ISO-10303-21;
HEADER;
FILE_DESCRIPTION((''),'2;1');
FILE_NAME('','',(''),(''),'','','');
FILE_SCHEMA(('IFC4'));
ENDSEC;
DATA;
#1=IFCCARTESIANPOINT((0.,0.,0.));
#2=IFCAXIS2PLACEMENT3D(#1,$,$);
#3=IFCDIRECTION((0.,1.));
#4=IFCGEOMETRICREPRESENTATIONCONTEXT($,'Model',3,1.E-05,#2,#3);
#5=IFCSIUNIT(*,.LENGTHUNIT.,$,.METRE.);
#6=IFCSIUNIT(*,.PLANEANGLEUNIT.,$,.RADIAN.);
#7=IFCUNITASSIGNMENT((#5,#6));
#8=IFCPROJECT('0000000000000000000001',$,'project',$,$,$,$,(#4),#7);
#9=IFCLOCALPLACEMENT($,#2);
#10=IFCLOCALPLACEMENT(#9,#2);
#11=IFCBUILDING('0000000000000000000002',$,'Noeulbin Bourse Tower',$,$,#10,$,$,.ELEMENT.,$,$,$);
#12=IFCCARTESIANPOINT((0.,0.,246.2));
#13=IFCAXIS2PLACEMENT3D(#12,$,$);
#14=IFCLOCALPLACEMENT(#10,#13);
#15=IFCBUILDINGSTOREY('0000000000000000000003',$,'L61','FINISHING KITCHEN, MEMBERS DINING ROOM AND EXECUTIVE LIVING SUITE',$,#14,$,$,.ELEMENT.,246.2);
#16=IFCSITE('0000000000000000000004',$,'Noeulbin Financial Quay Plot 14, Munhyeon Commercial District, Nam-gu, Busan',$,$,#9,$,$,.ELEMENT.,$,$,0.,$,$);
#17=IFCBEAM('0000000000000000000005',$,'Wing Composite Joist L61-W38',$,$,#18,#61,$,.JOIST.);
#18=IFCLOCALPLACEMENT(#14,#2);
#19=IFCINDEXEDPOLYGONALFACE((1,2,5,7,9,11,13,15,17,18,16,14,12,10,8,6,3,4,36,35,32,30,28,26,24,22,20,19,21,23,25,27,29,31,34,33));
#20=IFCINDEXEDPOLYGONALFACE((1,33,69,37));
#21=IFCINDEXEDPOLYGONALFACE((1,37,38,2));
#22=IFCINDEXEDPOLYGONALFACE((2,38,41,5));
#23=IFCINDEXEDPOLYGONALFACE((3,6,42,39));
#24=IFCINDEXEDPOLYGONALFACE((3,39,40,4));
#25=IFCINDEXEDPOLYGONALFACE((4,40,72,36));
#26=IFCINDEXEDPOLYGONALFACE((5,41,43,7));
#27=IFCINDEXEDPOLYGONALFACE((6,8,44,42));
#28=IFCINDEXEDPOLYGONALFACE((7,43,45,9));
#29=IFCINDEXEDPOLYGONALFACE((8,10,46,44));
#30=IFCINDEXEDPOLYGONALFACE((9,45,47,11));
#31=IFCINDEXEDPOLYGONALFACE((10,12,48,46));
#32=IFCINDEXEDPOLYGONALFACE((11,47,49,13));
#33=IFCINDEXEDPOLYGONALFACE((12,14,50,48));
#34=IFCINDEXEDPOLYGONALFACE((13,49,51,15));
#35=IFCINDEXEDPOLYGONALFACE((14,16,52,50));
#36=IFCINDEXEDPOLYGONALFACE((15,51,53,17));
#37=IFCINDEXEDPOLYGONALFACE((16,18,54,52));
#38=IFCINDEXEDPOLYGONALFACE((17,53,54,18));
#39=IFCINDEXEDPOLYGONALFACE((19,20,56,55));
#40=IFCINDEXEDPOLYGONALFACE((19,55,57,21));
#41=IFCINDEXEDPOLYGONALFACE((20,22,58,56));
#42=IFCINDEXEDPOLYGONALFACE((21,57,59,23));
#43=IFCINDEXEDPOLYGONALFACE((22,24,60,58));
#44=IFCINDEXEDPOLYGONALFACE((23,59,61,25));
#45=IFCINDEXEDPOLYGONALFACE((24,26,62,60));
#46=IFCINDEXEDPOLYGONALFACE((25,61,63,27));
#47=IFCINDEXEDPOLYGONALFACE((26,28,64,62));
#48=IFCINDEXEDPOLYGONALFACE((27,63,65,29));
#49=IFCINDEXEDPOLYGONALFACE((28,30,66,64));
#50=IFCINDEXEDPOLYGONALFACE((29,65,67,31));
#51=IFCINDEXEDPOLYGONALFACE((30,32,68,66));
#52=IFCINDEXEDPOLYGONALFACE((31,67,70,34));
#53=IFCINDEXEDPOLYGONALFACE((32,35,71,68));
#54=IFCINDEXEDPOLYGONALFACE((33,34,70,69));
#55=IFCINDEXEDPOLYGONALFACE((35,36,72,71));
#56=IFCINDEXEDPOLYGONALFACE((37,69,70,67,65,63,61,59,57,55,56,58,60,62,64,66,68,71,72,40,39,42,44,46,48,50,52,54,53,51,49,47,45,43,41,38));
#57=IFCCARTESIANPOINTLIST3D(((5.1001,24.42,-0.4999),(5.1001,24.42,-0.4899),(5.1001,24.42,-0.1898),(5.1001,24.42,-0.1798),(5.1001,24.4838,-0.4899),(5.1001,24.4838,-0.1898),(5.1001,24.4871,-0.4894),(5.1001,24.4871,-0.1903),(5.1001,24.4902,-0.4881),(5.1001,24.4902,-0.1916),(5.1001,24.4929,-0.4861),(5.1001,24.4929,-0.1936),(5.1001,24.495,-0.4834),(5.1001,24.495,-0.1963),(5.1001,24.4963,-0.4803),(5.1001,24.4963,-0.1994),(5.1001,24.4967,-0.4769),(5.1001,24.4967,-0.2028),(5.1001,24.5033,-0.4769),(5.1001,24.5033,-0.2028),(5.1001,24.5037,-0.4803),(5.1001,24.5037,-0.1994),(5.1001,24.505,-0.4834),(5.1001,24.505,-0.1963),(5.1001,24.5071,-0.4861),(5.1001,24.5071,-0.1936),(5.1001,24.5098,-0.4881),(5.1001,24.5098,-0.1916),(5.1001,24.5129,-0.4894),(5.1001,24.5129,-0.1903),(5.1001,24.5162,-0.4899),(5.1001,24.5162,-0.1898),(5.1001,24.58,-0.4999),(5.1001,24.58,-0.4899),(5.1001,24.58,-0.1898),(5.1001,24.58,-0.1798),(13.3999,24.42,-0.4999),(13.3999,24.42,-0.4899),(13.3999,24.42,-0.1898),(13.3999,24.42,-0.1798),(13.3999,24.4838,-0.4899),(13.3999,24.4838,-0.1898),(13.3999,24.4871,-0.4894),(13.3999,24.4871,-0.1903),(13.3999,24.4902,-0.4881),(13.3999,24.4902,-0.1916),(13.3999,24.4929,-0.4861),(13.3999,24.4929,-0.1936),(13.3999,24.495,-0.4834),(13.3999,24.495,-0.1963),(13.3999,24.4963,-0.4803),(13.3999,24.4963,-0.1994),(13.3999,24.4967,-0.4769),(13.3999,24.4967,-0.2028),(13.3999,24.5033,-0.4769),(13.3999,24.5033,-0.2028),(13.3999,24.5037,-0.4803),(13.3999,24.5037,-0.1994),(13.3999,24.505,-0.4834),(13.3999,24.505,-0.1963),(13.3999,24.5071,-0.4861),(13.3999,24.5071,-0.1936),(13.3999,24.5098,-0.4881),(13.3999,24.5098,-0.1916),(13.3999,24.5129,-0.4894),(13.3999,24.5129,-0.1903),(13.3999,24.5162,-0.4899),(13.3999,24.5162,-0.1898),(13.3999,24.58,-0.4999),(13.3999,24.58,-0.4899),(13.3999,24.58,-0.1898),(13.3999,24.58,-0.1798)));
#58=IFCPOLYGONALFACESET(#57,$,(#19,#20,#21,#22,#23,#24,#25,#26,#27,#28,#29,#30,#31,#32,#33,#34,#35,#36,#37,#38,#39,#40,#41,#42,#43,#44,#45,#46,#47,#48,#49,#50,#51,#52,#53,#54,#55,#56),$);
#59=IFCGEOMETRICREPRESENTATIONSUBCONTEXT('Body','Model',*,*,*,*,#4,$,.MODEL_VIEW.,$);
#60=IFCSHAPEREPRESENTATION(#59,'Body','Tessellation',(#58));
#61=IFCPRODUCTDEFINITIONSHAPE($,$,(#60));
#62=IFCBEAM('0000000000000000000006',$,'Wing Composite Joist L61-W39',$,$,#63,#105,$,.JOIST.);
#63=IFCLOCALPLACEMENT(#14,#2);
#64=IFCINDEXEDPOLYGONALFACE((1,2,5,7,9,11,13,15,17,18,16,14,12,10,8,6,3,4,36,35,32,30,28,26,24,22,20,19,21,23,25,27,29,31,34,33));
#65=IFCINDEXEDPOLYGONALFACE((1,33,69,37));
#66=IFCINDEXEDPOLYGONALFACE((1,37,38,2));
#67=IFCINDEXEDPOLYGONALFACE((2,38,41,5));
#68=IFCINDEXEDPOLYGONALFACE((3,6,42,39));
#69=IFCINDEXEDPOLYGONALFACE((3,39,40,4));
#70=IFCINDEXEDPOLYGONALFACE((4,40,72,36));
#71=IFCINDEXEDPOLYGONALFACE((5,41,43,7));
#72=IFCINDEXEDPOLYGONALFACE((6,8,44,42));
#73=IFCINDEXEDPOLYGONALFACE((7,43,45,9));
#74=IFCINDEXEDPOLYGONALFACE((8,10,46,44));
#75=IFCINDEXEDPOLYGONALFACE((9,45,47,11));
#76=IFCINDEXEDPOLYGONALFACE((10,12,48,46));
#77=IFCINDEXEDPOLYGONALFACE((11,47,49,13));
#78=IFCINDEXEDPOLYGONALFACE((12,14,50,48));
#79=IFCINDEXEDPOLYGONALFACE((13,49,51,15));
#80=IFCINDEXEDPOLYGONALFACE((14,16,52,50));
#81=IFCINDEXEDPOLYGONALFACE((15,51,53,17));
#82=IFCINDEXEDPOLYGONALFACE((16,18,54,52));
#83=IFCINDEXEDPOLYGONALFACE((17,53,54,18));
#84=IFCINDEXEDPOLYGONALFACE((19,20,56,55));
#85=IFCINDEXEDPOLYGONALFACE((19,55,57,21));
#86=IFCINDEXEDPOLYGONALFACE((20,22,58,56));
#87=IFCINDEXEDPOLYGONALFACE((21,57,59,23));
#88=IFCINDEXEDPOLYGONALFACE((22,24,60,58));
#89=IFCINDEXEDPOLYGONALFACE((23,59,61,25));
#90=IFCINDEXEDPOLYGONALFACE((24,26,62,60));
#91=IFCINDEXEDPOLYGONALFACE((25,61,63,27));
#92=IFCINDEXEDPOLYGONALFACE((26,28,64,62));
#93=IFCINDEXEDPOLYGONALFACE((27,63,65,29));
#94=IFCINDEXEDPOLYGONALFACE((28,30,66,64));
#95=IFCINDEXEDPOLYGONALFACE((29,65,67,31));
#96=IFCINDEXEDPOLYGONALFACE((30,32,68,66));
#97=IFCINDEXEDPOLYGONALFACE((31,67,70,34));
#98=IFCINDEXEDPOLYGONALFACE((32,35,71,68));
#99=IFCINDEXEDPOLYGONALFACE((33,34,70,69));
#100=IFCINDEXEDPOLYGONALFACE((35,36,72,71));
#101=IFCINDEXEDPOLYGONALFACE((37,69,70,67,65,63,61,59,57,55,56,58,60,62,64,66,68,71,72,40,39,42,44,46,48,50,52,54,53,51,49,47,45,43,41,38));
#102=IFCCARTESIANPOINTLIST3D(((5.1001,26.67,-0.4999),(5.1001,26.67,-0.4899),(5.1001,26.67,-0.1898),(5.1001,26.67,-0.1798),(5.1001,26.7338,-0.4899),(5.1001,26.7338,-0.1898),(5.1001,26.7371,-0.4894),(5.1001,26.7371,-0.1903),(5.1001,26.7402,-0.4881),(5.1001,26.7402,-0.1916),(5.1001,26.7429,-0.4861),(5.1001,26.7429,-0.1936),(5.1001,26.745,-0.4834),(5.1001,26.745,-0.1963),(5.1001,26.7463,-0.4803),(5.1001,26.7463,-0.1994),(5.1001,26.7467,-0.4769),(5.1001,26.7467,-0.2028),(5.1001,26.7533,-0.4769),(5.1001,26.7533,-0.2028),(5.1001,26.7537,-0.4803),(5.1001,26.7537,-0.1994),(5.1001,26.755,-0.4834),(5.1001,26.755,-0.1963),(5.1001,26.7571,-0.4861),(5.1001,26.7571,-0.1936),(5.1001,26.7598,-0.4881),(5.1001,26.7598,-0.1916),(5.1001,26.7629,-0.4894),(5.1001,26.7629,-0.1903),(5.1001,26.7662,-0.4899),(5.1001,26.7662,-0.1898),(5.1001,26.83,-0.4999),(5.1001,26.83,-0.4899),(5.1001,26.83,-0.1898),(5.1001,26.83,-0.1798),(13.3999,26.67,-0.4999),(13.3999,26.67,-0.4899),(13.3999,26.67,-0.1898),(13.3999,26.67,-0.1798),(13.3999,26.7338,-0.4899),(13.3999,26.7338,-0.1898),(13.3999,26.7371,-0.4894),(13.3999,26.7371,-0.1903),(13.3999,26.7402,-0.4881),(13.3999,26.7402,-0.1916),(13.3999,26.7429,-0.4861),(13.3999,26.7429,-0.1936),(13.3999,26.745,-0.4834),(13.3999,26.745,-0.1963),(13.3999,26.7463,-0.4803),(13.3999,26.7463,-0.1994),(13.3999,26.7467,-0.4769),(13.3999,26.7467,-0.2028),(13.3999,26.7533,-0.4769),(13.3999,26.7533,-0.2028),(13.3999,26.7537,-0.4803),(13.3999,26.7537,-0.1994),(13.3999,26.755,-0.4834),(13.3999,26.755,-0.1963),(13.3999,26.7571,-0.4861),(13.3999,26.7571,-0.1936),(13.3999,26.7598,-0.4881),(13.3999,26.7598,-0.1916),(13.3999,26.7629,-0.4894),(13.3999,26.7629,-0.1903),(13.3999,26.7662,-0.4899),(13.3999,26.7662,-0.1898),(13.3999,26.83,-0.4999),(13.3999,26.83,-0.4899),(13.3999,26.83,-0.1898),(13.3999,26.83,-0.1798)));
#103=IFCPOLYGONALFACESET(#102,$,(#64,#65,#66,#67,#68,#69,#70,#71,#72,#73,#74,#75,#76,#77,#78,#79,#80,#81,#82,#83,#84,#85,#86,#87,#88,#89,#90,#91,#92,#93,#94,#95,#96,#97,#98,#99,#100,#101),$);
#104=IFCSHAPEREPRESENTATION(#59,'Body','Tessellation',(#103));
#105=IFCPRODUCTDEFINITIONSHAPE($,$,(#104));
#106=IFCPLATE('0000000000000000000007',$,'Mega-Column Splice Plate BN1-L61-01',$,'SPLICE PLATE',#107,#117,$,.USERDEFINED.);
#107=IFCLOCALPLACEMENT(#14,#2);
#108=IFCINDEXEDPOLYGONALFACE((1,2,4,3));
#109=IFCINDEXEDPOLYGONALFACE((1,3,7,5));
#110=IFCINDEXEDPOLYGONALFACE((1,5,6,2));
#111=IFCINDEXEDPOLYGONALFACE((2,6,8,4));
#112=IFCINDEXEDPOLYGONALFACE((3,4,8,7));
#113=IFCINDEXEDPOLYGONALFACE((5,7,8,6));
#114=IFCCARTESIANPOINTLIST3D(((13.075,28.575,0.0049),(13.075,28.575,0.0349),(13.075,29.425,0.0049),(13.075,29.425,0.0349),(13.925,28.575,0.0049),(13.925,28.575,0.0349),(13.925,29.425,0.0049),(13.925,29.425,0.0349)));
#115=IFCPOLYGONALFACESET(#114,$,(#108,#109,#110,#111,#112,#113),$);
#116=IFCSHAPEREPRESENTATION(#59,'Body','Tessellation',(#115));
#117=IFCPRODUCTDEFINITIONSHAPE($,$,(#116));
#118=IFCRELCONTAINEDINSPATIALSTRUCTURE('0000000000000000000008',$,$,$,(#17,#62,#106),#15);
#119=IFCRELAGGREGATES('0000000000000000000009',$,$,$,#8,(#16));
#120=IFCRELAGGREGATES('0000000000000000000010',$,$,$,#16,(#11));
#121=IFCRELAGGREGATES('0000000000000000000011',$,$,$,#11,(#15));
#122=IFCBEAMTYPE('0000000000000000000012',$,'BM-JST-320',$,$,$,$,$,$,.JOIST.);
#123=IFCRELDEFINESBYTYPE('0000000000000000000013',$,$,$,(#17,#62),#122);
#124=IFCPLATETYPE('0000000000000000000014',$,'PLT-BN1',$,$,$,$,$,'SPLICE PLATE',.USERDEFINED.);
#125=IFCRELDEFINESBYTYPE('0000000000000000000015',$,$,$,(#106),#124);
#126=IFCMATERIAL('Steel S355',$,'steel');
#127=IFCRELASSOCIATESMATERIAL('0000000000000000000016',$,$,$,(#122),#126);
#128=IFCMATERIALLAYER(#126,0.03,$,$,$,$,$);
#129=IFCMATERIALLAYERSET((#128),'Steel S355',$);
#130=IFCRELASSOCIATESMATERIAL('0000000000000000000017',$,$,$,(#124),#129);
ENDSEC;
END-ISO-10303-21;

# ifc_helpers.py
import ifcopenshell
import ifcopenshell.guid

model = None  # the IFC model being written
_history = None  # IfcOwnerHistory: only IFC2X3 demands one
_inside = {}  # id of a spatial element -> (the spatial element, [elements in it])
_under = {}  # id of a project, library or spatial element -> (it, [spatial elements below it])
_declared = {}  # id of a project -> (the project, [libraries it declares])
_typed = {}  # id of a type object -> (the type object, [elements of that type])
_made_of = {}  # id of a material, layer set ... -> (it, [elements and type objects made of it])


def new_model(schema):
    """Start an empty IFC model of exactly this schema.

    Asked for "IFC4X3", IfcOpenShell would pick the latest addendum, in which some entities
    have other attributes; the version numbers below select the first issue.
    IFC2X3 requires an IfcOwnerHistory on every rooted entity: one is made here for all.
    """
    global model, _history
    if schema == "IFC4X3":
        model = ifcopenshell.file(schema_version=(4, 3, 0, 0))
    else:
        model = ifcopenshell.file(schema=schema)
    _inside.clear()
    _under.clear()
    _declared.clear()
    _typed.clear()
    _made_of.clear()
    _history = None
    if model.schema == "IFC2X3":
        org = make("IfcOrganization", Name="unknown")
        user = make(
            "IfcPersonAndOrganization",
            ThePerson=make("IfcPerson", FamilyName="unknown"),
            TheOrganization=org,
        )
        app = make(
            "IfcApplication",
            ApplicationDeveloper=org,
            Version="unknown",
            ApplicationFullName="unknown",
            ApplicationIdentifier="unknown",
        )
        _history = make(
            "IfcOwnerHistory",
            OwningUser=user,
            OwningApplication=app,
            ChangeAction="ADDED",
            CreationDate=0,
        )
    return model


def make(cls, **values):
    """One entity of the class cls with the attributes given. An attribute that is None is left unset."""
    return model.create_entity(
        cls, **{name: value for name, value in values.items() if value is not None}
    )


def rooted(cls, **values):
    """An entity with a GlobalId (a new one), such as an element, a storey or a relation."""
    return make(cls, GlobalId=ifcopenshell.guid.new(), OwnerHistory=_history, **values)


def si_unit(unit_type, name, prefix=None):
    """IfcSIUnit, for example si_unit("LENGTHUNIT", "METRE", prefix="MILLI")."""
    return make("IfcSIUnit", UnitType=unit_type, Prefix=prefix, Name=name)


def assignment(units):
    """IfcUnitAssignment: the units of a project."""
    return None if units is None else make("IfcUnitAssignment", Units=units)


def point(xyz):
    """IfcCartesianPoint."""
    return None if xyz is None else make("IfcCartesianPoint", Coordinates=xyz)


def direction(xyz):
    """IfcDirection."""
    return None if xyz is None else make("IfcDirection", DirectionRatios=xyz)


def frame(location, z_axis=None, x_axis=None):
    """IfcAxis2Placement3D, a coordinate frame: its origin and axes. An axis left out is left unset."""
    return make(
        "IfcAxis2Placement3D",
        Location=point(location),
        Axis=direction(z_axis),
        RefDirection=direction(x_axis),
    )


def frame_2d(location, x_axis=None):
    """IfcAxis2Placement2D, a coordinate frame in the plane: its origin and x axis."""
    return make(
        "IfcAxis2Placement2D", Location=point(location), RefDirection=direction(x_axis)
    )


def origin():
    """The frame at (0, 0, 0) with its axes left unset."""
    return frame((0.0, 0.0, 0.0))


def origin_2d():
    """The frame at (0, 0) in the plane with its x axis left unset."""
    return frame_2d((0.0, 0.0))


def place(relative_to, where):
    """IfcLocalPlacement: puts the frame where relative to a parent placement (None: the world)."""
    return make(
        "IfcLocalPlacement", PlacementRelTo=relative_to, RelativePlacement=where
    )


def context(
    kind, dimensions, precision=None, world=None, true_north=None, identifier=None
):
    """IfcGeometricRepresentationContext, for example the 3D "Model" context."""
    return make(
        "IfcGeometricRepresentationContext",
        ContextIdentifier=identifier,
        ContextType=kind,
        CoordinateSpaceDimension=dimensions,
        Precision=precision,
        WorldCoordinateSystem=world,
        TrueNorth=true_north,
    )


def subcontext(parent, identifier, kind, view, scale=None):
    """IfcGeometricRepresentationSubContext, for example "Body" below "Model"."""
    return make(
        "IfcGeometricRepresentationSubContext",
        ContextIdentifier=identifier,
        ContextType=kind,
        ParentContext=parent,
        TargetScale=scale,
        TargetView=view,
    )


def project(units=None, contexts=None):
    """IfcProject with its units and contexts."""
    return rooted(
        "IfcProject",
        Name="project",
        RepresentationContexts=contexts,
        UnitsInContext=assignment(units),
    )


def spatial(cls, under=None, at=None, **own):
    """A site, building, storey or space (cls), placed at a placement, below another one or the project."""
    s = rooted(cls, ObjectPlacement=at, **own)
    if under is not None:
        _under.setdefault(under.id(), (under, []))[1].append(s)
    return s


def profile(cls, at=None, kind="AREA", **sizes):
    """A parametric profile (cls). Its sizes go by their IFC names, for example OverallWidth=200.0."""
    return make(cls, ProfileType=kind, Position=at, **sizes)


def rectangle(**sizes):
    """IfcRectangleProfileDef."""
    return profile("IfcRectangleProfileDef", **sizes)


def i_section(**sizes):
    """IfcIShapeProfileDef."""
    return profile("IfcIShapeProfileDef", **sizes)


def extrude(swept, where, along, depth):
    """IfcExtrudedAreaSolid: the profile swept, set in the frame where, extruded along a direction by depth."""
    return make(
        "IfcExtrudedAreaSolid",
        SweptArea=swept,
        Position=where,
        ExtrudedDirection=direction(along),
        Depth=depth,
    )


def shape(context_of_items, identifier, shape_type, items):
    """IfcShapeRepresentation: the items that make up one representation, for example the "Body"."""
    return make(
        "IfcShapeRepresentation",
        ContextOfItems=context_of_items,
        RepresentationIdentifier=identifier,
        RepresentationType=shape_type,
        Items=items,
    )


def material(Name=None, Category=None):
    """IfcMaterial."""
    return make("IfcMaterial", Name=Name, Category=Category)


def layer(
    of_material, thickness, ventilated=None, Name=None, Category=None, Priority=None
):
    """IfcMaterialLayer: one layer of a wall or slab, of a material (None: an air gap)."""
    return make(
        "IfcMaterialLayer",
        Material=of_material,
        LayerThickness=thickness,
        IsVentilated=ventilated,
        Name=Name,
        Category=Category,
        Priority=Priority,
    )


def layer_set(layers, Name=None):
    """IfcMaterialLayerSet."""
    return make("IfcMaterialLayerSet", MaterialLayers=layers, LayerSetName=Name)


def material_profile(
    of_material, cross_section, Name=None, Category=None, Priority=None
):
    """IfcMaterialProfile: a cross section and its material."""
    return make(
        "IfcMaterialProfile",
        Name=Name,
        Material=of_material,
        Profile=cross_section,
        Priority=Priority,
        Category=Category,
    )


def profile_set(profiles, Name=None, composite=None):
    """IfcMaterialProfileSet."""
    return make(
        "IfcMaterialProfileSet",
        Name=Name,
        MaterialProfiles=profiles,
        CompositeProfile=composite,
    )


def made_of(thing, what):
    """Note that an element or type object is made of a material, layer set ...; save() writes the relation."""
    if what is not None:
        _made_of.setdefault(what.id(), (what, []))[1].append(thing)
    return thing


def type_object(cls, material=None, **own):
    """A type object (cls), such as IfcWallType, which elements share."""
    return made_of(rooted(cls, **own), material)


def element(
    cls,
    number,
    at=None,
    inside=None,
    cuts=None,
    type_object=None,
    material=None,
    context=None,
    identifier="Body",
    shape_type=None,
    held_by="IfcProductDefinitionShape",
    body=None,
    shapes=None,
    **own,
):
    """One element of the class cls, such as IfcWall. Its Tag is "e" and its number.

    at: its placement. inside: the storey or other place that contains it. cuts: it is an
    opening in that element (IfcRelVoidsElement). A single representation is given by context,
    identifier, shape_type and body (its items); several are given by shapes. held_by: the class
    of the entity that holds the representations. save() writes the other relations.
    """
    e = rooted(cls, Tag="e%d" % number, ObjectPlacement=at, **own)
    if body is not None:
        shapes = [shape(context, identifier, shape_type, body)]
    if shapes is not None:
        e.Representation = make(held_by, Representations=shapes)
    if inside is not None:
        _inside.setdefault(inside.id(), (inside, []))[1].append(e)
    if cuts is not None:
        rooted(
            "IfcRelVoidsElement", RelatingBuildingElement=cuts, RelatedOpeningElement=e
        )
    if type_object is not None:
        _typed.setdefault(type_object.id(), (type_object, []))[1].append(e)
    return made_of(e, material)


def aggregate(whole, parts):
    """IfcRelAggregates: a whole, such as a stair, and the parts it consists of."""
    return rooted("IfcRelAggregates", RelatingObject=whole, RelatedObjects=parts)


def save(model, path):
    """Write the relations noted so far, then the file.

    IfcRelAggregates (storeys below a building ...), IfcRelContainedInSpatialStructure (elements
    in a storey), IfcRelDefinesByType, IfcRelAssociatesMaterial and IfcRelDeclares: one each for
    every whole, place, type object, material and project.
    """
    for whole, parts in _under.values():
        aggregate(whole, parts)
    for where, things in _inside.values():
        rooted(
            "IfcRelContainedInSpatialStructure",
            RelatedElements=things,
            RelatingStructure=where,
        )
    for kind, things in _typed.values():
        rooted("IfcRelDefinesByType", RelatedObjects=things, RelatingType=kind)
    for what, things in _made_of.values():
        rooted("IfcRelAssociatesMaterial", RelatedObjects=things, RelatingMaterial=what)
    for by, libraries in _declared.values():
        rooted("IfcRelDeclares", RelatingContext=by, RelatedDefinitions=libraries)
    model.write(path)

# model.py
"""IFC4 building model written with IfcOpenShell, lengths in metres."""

from ifc_helpers import new_model, si_unit, direction, frame, origin, origin_2d, place, context, subcontext, project, spatial, rectangle, i_section, extrude, material, layer, layer_set, material_profile, profile_set, type_object, element, save


model = new_model("IFC4")

# Units and contexts
model_context = context("Model", 3, precision=1e-05, world=origin(), true_north=direction((0.0, 1.0)))
body_context = subcontext(model_context, "Body", "Model", "MODEL_VIEW")
ifc_project = project(units=[si_unit("LENGTHUNIT", "METRE"), si_unit("PLANEANGLEUNIT", "RADIAN")], contexts=[model_context])

# Site, building, storey
site_placement = place(None, origin())
site = spatial("IfcSite", under=ifc_project, at=site_placement, Name="Noeulbin Financial Quay Plot 14, Munhyeon Commercial District, Nam-gu, Busan", CompositionType="ELEMENT", RefElevation=0.0)
building_placement = place(site_placement, origin())
building = spatial("IfcBuilding", under=site, at=building_placement, Name="Noeulbin Bourse Tower", CompositionType="ELEMENT")
storey_placement = place(building_placement, frame((0.0, 0.0, 246.2)))
storey = spatial("IfcBuildingStorey", under=building, at=storey_placement, Name="L61", Description="FINISHING KITCHEN, MEMBERS DINING ROOM AND EXECUTIVE LIVING SUITE", CompositionType="ELEMENT", Elevation=246.2)

# Shared definitions
ifc_material_1 = material(Name="Steel S355", Category="steel")

# Beams
ifc_material_profile_1 = material_profile(ifc_material_1, i_section(OverallWidth=0.1599, OverallDepth=0.3201, WebThickness=0.0066, FlangeThickness=0.01, FilletRadius=0.0129, at=origin_2d()), Name="H-320x160x6.5x10", Category="LoadBearing")
ifc_profile_set_1 = profile_set([ifc_material_profile_1], Name="Steel S355")
beam_type_1 = type_object("IfcBeamType", Name="BM-JST-320", PredefinedType="JOIST", material=ifc_profile_set_1)
for number, where, z_axis, x_axis, name in (
    (1, (5.1001, 24.5, -0.3398), (1.0, 0.0, 0.0), (0.0, 1.0, 0.0), "Wing Composite Joist L61-W38"),
    (2, (5.1001, 26.75, -0.3398), (1.0, 0.0, 0.0), (0.0, 1.0, 0.0), "Wing Composite Joist L61-W39"),
):
    element("IfcBeam", number, at=place(storey_placement, frame(where, z_axis=z_axis, x_axis=x_axis)), inside=storey, type_object=beam_type_1, Name=name, PredefinedType="JOIST", context=body_context, shape_type="SweptSolid", body=[
        extrude(i_section(OverallWidth=0.1599, OverallDepth=0.3201, WebThickness=0.0066, FlangeThickness=0.01, FilletRadius=0.0129, at=origin_2d()), origin(), (0.0, 0.0, 1.0), 8.2998),
    ])

# Plate
ifc_layer_1 = layer(ifc_material_1, 0.03)
ifc_layer_set_1 = layer_set([ifc_layer_1], Name="Steel S355")
plate_type = type_object("IfcPlateType", Name="PLT-BN1", ElementType="SPLICE PLATE", PredefinedType="USERDEFINED", material=ifc_layer_set_1)
plate_placement = place(storey_placement, frame((13.5, 29.0, 0.0049), z_axis=(0.0, 0.0, 1.0), x_axis=(1.0, 0.0, 0.0)))
element("IfcPlate", 3, at=plate_placement, inside=storey, type_object=plate_type, Name="Mega-Column Splice Plate BN1-L61-01", ObjectType="SPLICE PLATE", PredefinedType="USERDEFINED", context=body_context, shape_type="SweptSolid", body=[
    extrude(rectangle(XDim=0.8501, YDim=0.8501, at=origin_2d()), origin(), (0.0, 0.0, 1.0), 0.03),
])

save(model, "model.ifc")
